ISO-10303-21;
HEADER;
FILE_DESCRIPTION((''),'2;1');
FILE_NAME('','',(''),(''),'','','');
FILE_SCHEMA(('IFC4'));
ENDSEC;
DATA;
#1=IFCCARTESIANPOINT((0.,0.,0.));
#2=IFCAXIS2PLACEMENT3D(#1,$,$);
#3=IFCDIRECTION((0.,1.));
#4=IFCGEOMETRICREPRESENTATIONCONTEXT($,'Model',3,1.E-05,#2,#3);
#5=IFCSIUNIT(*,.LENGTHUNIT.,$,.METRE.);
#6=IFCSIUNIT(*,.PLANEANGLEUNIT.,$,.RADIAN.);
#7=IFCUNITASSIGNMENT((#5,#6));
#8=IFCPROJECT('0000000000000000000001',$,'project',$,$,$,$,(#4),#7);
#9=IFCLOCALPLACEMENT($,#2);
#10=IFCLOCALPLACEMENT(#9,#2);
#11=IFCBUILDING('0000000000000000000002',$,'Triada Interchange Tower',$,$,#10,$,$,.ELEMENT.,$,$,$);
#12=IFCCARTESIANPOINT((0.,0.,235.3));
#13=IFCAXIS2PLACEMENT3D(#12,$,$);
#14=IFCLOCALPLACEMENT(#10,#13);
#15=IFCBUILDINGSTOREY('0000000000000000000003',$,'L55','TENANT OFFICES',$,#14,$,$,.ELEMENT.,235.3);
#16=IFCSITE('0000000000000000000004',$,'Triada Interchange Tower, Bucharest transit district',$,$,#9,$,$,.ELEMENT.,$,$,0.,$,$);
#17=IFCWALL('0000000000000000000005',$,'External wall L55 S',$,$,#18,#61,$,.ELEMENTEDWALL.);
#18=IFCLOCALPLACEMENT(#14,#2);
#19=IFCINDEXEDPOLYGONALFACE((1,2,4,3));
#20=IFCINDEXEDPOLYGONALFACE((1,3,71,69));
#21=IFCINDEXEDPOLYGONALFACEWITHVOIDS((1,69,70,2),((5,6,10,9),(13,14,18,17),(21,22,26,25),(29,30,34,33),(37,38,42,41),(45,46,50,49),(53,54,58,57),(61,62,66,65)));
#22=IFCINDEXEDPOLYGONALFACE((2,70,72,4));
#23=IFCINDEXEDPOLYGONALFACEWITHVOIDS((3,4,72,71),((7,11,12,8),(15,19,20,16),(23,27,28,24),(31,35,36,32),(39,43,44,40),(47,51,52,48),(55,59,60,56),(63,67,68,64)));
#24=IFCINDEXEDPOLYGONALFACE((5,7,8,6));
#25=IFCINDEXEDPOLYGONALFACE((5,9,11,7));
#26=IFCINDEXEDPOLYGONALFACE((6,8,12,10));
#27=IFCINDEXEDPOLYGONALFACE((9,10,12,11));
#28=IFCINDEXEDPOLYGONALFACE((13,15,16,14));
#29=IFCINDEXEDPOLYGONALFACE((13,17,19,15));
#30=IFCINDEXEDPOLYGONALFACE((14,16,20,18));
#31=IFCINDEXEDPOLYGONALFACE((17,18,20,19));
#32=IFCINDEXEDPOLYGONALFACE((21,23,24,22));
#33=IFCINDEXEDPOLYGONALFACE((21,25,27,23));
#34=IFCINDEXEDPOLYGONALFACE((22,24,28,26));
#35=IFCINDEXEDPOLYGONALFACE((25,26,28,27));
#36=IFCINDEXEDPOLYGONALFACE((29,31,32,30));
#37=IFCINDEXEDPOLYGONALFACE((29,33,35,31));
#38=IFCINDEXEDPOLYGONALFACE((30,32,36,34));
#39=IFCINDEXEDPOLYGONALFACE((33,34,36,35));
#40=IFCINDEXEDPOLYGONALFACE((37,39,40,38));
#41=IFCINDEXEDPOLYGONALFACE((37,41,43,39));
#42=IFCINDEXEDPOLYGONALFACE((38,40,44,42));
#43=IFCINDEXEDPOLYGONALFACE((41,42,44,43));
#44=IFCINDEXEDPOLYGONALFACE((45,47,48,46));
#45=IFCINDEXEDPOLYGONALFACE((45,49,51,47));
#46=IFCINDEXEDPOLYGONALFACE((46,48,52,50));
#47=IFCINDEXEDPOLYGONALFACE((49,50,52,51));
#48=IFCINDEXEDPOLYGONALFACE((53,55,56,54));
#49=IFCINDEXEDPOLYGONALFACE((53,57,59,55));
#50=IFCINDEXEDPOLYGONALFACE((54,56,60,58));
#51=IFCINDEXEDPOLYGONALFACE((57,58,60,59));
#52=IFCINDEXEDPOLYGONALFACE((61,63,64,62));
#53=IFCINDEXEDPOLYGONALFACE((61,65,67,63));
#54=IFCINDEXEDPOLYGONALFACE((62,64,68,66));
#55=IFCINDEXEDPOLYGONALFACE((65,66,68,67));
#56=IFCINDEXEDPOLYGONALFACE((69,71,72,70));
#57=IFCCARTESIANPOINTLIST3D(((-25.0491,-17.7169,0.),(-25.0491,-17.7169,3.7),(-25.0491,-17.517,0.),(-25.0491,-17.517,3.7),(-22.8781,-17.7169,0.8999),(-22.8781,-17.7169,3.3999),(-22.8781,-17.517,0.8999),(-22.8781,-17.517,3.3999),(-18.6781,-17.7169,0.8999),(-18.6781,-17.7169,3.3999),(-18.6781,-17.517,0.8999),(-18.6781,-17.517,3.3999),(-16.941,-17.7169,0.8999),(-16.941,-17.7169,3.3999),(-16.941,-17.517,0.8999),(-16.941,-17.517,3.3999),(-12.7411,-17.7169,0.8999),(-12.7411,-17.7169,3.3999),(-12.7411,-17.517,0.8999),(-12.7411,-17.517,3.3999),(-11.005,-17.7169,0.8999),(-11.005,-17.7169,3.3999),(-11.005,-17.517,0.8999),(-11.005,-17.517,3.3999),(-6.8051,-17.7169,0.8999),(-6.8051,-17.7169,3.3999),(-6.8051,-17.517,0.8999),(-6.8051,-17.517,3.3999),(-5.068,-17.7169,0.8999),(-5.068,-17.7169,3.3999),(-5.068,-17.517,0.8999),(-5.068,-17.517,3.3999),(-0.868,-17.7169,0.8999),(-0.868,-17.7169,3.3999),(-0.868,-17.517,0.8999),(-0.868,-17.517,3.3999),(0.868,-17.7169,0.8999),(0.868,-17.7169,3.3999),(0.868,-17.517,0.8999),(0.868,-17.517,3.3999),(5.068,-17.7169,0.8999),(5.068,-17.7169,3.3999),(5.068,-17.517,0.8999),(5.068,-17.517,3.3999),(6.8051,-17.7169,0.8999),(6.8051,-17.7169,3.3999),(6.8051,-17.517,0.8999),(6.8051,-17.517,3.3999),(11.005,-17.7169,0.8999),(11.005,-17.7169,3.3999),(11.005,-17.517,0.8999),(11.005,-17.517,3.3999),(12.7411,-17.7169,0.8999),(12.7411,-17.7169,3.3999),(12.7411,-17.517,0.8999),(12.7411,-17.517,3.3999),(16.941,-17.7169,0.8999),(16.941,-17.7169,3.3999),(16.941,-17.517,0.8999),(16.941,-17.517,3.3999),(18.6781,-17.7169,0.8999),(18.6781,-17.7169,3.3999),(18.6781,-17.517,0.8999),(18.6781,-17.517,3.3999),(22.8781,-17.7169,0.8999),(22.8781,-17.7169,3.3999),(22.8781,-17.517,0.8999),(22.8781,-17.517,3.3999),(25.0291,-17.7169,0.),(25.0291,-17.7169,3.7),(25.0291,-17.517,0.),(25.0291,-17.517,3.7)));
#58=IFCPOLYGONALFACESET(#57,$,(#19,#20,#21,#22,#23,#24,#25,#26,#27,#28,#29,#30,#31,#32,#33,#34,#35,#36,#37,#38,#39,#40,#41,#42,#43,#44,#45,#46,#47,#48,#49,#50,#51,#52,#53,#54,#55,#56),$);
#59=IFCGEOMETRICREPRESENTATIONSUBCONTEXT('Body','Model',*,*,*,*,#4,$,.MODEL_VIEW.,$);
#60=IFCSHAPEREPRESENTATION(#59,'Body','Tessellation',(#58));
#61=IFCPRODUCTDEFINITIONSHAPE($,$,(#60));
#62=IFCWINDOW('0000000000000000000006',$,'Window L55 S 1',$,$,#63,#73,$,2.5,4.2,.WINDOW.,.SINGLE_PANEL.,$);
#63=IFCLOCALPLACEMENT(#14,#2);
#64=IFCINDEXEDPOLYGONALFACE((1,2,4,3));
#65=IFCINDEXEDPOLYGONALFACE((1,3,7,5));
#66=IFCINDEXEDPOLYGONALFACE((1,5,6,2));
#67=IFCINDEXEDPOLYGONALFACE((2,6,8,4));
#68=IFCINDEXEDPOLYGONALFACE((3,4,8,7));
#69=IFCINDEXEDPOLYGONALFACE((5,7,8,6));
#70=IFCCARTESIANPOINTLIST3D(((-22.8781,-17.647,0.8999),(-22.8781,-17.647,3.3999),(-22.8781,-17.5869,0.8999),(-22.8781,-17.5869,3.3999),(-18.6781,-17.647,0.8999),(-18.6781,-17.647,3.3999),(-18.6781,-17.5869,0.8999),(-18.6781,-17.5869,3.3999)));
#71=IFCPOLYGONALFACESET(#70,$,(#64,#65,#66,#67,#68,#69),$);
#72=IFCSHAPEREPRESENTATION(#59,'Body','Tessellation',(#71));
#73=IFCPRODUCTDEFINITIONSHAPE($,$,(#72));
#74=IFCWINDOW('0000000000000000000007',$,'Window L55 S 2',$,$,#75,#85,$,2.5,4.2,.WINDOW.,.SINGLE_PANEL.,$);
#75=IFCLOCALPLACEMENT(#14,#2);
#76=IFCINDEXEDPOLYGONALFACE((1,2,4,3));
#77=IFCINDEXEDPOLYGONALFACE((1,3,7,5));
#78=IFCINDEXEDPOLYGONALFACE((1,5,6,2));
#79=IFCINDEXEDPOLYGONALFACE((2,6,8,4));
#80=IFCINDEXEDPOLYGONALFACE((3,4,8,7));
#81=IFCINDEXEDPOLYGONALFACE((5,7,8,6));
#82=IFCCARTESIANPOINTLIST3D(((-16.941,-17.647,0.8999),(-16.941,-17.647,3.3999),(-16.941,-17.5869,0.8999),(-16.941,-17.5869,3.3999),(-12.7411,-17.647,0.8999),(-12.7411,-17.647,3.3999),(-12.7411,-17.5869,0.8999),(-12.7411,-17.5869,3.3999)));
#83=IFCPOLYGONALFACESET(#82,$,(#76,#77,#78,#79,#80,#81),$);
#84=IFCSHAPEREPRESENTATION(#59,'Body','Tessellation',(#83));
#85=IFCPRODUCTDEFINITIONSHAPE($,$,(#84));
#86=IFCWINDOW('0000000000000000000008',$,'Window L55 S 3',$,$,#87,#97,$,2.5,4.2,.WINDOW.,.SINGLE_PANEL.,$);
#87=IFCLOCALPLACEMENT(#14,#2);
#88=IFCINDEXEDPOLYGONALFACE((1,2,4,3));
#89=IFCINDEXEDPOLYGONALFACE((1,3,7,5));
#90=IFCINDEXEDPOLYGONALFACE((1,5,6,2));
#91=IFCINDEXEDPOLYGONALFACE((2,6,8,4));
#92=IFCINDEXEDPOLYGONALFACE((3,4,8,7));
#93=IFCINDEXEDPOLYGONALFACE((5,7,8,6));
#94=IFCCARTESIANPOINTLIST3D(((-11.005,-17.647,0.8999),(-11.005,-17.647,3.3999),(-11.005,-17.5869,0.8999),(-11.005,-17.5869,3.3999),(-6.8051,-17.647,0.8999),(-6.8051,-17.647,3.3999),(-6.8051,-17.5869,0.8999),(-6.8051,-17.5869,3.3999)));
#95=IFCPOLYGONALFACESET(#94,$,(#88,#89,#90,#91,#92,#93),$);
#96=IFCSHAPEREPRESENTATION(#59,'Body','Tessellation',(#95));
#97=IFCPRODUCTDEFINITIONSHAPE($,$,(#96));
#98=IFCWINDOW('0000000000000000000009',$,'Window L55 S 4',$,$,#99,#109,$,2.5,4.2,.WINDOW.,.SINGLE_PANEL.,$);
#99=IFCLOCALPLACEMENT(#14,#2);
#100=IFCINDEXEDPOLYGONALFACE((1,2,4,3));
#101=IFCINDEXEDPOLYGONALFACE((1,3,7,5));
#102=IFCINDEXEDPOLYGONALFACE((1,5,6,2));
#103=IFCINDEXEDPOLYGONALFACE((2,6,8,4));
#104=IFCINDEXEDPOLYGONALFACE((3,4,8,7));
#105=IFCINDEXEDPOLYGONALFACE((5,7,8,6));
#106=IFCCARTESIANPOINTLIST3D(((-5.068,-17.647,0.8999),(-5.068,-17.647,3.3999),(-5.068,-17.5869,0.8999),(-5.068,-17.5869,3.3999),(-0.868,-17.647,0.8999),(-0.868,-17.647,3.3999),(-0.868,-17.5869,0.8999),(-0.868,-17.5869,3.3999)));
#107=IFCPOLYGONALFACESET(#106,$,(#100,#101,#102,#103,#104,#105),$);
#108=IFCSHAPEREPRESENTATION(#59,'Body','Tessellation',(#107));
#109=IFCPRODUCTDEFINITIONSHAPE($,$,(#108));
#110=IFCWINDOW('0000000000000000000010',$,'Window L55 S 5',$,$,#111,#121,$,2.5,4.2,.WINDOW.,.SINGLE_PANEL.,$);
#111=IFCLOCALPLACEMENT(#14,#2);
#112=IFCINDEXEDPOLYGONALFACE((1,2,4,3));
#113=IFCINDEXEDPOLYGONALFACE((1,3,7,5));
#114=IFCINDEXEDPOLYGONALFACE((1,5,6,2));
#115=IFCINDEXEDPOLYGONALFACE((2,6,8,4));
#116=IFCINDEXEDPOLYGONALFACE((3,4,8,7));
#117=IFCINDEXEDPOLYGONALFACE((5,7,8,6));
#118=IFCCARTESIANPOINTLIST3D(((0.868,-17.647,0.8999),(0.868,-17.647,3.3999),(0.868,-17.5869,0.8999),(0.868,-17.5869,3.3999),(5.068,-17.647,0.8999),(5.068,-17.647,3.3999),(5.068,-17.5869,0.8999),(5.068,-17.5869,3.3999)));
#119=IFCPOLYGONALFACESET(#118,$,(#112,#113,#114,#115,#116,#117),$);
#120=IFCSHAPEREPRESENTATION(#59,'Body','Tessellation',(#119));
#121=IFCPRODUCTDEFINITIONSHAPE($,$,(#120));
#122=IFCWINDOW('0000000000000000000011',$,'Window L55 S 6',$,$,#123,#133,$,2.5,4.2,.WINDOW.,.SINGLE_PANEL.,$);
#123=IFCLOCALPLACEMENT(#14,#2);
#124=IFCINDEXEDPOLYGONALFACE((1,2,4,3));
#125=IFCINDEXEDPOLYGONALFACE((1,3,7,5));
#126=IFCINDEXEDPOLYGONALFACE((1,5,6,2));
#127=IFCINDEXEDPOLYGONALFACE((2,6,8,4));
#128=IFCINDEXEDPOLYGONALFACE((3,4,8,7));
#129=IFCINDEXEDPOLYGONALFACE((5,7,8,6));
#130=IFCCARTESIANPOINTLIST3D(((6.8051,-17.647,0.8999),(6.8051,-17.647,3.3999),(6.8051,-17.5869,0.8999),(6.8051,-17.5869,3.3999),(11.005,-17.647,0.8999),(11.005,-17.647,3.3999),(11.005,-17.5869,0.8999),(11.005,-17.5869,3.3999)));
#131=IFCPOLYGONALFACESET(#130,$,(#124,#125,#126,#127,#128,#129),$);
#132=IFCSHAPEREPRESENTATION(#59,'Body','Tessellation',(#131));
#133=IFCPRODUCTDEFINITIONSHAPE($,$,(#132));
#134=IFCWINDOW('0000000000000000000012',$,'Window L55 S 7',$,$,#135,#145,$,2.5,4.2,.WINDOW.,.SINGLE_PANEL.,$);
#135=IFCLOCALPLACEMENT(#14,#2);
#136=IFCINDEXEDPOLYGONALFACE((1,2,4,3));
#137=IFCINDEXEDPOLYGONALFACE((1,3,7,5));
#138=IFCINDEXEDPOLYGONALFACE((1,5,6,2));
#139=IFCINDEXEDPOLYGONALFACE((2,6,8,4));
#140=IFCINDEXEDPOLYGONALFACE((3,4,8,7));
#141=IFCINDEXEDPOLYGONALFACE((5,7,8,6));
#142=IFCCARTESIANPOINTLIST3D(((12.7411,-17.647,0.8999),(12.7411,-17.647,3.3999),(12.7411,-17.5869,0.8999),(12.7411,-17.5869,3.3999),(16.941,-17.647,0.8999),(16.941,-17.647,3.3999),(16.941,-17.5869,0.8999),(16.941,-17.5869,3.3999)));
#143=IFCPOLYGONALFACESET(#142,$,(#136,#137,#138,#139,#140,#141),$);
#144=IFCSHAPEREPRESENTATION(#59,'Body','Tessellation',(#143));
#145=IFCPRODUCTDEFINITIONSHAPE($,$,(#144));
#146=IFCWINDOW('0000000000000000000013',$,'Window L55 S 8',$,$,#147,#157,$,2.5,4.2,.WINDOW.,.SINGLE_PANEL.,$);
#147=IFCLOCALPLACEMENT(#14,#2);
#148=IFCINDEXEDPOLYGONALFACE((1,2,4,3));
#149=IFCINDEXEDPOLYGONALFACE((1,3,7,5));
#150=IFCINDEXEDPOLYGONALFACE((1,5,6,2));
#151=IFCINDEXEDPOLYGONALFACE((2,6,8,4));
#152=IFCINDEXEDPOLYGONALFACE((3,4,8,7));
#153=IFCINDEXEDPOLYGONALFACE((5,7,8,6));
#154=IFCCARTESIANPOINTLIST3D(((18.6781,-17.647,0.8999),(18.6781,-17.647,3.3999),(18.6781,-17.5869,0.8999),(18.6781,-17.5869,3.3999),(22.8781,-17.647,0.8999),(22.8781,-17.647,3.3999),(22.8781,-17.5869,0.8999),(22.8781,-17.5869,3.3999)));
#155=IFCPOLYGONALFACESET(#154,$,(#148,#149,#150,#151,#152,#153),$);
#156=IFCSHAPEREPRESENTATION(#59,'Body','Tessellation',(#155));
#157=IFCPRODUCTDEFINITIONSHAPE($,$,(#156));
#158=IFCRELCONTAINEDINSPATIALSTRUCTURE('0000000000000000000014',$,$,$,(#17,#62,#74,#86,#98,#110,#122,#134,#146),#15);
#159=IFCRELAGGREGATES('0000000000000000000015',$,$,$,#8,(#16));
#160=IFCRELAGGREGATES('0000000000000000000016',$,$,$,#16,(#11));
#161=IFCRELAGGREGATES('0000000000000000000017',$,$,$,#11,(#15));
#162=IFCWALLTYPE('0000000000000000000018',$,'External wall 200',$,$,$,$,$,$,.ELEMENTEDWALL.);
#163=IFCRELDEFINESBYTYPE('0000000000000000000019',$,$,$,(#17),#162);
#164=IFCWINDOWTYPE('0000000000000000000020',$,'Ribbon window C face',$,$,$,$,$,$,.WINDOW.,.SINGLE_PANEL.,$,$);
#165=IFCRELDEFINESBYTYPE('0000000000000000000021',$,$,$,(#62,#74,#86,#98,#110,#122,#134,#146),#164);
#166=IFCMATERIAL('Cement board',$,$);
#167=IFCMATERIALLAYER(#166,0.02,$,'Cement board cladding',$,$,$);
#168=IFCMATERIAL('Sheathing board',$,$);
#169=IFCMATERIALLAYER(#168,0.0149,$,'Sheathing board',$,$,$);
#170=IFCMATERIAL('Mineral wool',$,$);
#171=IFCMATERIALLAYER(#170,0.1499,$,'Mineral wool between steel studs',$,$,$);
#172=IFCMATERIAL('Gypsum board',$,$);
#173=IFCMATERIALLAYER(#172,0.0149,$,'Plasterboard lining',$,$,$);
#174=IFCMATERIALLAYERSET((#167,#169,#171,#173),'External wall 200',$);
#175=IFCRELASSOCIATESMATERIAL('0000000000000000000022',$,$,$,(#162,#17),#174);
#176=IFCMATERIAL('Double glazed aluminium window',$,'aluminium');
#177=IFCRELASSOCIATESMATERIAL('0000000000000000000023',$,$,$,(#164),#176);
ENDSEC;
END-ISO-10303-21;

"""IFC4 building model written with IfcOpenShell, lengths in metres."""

from ifc_helpers import new_model, si_unit, direction, frame, frame_2d, origin, place, context, subcontext, project, spatial, rectangle, extrude, material, layer, layer_set, layer_usage, type_object, element, fill, save


model = new_model("IFC4")

# Units and contexts
model_context = context("Model", 3, precision=1e-05, world=origin(), true_north=direction((0.0, 1.0)))
body_context = subcontext(model_context, "Body", "Model", "MODEL_VIEW")
ifc_project = project(units=[si_unit("LENGTHUNIT", "METRE"), si_unit("PLANEANGLEUNIT", "RADIAN")], contexts=[model_context])

# Site, building, storey
site_placement = place(None, origin())
site = spatial("IfcSite", under=ifc_project, at=site_placement, Name="Triada Interchange Tower, Bucharest transit district", CompositionType="ELEMENT", RefElevation=0.0)
building_placement = place(site_placement, origin())
building = spatial("IfcBuilding", under=site, at=building_placement, Name="Triada Interchange Tower", CompositionType="ELEMENT")
storey_placement = place(building_placement, frame((0.0, 0.0, 235.3)))
storey = spatial("IfcBuildingStorey", under=building, at=storey_placement, Name="L55", Description="TENANT OFFICES", CompositionType="ELEMENT", Elevation=235.3)

# Shared definitions
ifc_material_1 = material(Name="Cement board")
ifc_layer_1 = layer(ifc_material_1, 0.02, Name="Cement board cladding")
ifc_material_2 = material(Name="Sheathing board")
ifc_layer_2 = layer(ifc_material_2, 0.0149, Name="Sheathing board")
ifc_material_3 = material(Name="Mineral wool")
ifc_layer_3 = layer(ifc_material_3, 0.1499, Name="Mineral wool between steel studs")
ifc_material_4 = material(Name="Gypsum board")
ifc_layer_4 = layer(ifc_material_4, 0.0149, Name="Plasterboard lining")
ifc_layer_set_1 = layer_set([ifc_layer_1, ifc_layer_2, ifc_layer_3, ifc_layer_4], Name="External wall 200")
ifc_layer_usage = layer_usage(ifc_layer_set_1, "AXIS2", "POSITIVE", -0.1001)
wall_type_1 = type_object("IfcWallType", Name="External wall 200", PredefinedType="ELEMENTEDWALL", material=ifc_layer_set_1)
ifc_material_5 = material(Name="Double glazed aluminium window", Category="aluminium")

# Wall, openings, windows
wall_1_placement = place(storey_placement, frame((-25.0491, -17.6169, 0.0), z_axis=(0.0, 0.0, 1.0), x_axis=(1.0, 0.0, 0.0)))
wall_1 = element("IfcWall", 1, at=wall_1_placement, inside=storey, type_object=wall_type_1, material=ifc_layer_usage, Name="External wall L55 S", PredefinedType="ELEMENTEDWALL", context=body_context, shape_type="SweptSolid", body=[
    extrude(rectangle(XDim=50.0781, YDim=0.2, at=frame_2d((25.0391, 0.0))), origin(), (0.0, 0.0, 1.0), 3.7),
])
opening_1_placement = place(wall_1_placement, frame((2.1709, 0.0, 0.8999)))
opening_1 = element("IfcOpeningElement", 2, at=opening_1_placement, cuts=wall_1, PredefinedType="OPENING", context=body_context, shape_type="SweptSolid", body=[
    extrude(rectangle(XDim=4.2, YDim=2.5, at=frame_2d((2.1001, 1.25))), frame((0.0, 0.1099, 0.0), z_axis=(0.0, -1.0, 0.0), x_axis=(1.0, 0.0, 0.0)), (0.0, 0.0, 1.0), 0.22),
])
opening_2_placement = place(wall_1_placement, frame((8.1079, 0.0, 0.8999)))
opening_2 = element("IfcOpeningElement", 3, at=opening_2_placement, cuts=wall_1, PredefinedType="OPENING", context=body_context, shape_type="SweptSolid", body=[
    extrude(rectangle(XDim=4.2, YDim=2.5, at=frame_2d((2.1001, 1.25))), frame((0.0, 0.1099, 0.0), z_axis=(0.0, -1.0, 0.0), x_axis=(1.0, 0.0, 0.0)), (0.0, 0.0, 1.0), 0.22),
])
opening_3_placement = place(wall_1_placement, frame((14.0439, 0.0, 0.8999)))
opening_3 = element("IfcOpeningElement", 4, at=opening_3_placement, cuts=wall_1, PredefinedType="OPENING", context=body_context, shape_type="SweptSolid", body=[
    extrude(rectangle(XDim=4.2, YDim=2.5, at=frame_2d((2.1001, 1.25))), frame((0.0, 0.1099, 0.0), z_axis=(0.0, -1.0, 0.0), x_axis=(1.0, 0.0, 0.0)), (0.0, 0.0, 1.0), 0.22),
])
opening_4_placement = place(wall_1_placement, frame((19.981, 0.0, 0.8999)))
opening_4 = element("IfcOpeningElement", 5, at=opening_4_placement, cuts=wall_1, PredefinedType="OPENING", context=body_context, shape_type="SweptSolid", body=[
    extrude(rectangle(XDim=4.2, YDim=2.5, at=frame_2d((2.1001, 1.25))), frame((0.0, 0.1099, 0.0), z_axis=(0.0, -1.0, 0.0), x_axis=(1.0, 0.0, 0.0)), (0.0, 0.0, 1.0), 0.22),
])
opening_5_placement = place(wall_1_placement, frame((25.917, 0.0, 0.8999)))
opening_5 = element("IfcOpeningElement", 6, at=opening_5_placement, cuts=wall_1, PredefinedType="OPENING", context=body_context, shape_type="SweptSolid", body=[
    extrude(rectangle(XDim=4.2, YDim=2.5, at=frame_2d((2.1001, 1.25))), frame((0.0, 0.1099, 0.0), z_axis=(0.0, -1.0, 0.0), x_axis=(1.0, 0.0, 0.0)), (0.0, 0.0, 1.0), 0.22),
])
opening_6_placement = place(wall_1_placement, frame((31.854, 0.0, 0.8999)))
opening_6 = element("IfcOpeningElement", 7, at=opening_6_placement, cuts=wall_1, PredefinedType="OPENING", context=body_context, shape_type="SweptSolid", body=[
    extrude(rectangle(XDim=4.2, YDim=2.5, at=frame_2d((2.1001, 1.25))), frame((0.0, 0.1099, 0.0), z_axis=(0.0, -1.0, 0.0), x_axis=(1.0, 0.0, 0.0)), (0.0, 0.0, 1.0), 0.22),
])
opening_7_placement = place(wall_1_placement, frame((37.79, 0.0, 0.8999)))
opening_7 = element("IfcOpeningElement", 8, at=opening_7_placement, cuts=wall_1, PredefinedType="OPENING", context=body_context, shape_type="SweptSolid", body=[
    extrude(rectangle(XDim=4.2, YDim=2.5, at=frame_2d((2.1001, 1.25))), frame((0.0, 0.1099, 0.0), z_axis=(0.0, -1.0, 0.0), x_axis=(1.0, 0.0, 0.0)), (0.0, 0.0, 1.0), 0.22),
])
opening_8_placement = place(wall_1_placement, frame((43.7271, 0.0, 0.8999)))
opening_8 = element("IfcOpeningElement", 9, at=opening_8_placement, cuts=wall_1, PredefinedType="OPENING", context=body_context, shape_type="SweptSolid", body=[
    extrude(rectangle(XDim=4.2, YDim=2.5, at=frame_2d((2.1001, 1.25))), frame((0.0, 0.1099, 0.0), z_axis=(0.0, -1.0, 0.0), x_axis=(1.0, 0.0, 0.0)), (0.0, 0.0, 1.0), 0.22),
])
window_type_1 = type_object("IfcWindowType", Name="Ribbon window C face", PartitioningType="SINGLE_PANEL", PredefinedType="WINDOW", material=ifc_material_5)
window_1_placement = place(opening_1_placement, origin())
window_1 = element("IfcWindow", 10, at=window_1_placement, inside=storey, type_object=window_type_1, Name="Window L55 S 1", OverallHeight=2.5, OverallWidth=4.2, PartitioningType="SINGLE_PANEL", PredefinedType="WINDOW", context=body_context, shape_type="SweptSolid", body=[
    extrude(rectangle(XDim=4.2, YDim=2.5, at=frame_2d((2.1001, 1.25))), frame((0.0, 0.03, 0.0), z_axis=(0.0, -1.0, 0.0), x_axis=(1.0, 0.0, 0.0)), (0.0, 0.0, 1.0), 0.0601),
])
fill(opening_1, window_1)
window_2_placement = place(opening_2_placement, origin())
window_2 = element("IfcWindow", 11, at=window_2_placement, inside=storey, type_object=window_type_1, Name="Window L55 S 2", OverallHeight=2.5, OverallWidth=4.2, PartitioningType="SINGLE_PANEL", PredefinedType="WINDOW", context=body_context, shape_type="SweptSolid", body=[
    extrude(rectangle(XDim=4.2, YDim=2.5, at=frame_2d((2.1001, 1.25))), frame((0.0, 0.03, 0.0), z_axis=(0.0, -1.0, 0.0), x_axis=(1.0, 0.0, 0.0)), (0.0, 0.0, 1.0), 0.0601),
])
fill(opening_2, window_2)
window_3_placement = place(opening_3_placement, origin())
window_3 = element("IfcWindow", 12, at=window_3_placement, inside=storey, type_object=window_type_1, Name="Window L55 S 3", OverallHeight=2.5, OverallWidth=4.2, PartitioningType="SINGLE_PANEL", PredefinedType="WINDOW", context=body_context, shape_type="SweptSolid", body=[
    extrude(rectangle(XDim=4.2, YDim=2.5, at=frame_2d((2.1001, 1.25))), frame((0.0, 0.03, 0.0), z_axis=(0.0, -1.0, 0.0), x_axis=(1.0, 0.0, 0.0)), (0.0, 0.0, 1.0), 0.0601),
])
fill(opening_3, window_3)
window_4_placement = place(opening_4_placement, origin())
window_4 = element("IfcWindow", 13, at=window_4_placement, inside=storey, type_object=window_type_1, Name="Window L55 S 4", OverallHeight=2.5, OverallWidth=4.2, PartitioningType="SINGLE_PANEL", PredefinedType="WINDOW", context=body_context, shape_type="SweptSolid", body=[
    extrude(rectangle(XDim=4.2, YDim=2.5, at=frame_2d((2.1001, 1.25))), frame((0.0, 0.03, 0.0), z_axis=(0.0, -1.0, 0.0), x_axis=(1.0, 0.0, 0.0)), (0.0, 0.0, 1.0), 0.0601),
])
fill(opening_4, window_4)
window_5_placement = place(opening_5_placement, origin())
window_5 = element("IfcWindow", 14, at=window_5_placement, inside=storey, type_object=window_type_1, Name="Window L55 S 5", OverallHeight=2.5, OverallWidth=4.2, PartitioningType="SINGLE_PANEL", PredefinedType="WINDOW", context=body_context, shape_type="SweptSolid", body=[
    extrude(rectangle(XDim=4.2, YDim=2.5, at=frame_2d((2.1001, 1.25))), frame((0.0, 0.03, 0.0), z_axis=(0.0, -1.0, 0.0), x_axis=(1.0, 0.0, 0.0)), (0.0, 0.0, 1.0), 0.0601),
])
fill(opening_5, window_5)
window_6_placement = place(opening_6_placement, origin())
window_6 = element("IfcWindow", 15, at=window_6_placement, inside=storey, type_object=window_type_1, Name="Window L55 S 6", OverallHeight=2.5, OverallWidth=4.2, PartitioningType="SINGLE_PANEL", PredefinedType="WINDOW", context=body_context, shape_type="SweptSolid", body=[
    extrude(rectangle(XDim=4.2, YDim=2.5, at=frame_2d((2.1001, 1.25))), frame((0.0, 0.03, 0.0), z_axis=(0.0, -1.0, 0.0), x_axis=(1.0, 0.0, 0.0)), (0.0, 0.0, 1.0), 0.0601),
])
fill(opening_6, window_6)
window_7_placement = place(opening_7_placement, origin())
window_7 = element("IfcWindow", 16, at=window_7_placement, inside=storey, type_object=window_type_1, Name="Window L55 S 7", OverallHeight=2.5, OverallWidth=4.2, PartitioningType="SINGLE_PANEL", PredefinedType="WINDOW", context=body_context, shape_type="SweptSolid", body=[
    extrude(rectangle(XDim=4.2, YDim=2.5, at=frame_2d((2.1001, 1.25))), frame((0.0, 0.03, 0.0), z_axis=(0.0, -1.0, 0.0), x_axis=(1.0, 0.0, 0.0)), (0.0, 0.0, 1.0), 0.0601),
])
fill(opening_7, window_7)
window_8_placement = place(opening_8_placement, origin())
window_8 = element("IfcWindow", 17, at=window_8_placement, inside=storey, type_object=window_type_1, Name="Window L55 S 8", OverallHeight=2.5, OverallWidth=4.2, PartitioningType="SINGLE_PANEL", PredefinedType="WINDOW", context=body_context, shape_type="SweptSolid", body=[
    extrude(rectangle(XDim=4.2, YDim=2.5, at=frame_2d((2.1001, 1.25))), frame((0.0, 0.03, 0.0), z_axis=(0.0, -1.0, 0.0), x_axis=(1.0, 0.0, 0.0)), (0.0, 0.0, 1.0), 0.0601),
])
fill(opening_8, window_8)

save(model, "model.ifc")
